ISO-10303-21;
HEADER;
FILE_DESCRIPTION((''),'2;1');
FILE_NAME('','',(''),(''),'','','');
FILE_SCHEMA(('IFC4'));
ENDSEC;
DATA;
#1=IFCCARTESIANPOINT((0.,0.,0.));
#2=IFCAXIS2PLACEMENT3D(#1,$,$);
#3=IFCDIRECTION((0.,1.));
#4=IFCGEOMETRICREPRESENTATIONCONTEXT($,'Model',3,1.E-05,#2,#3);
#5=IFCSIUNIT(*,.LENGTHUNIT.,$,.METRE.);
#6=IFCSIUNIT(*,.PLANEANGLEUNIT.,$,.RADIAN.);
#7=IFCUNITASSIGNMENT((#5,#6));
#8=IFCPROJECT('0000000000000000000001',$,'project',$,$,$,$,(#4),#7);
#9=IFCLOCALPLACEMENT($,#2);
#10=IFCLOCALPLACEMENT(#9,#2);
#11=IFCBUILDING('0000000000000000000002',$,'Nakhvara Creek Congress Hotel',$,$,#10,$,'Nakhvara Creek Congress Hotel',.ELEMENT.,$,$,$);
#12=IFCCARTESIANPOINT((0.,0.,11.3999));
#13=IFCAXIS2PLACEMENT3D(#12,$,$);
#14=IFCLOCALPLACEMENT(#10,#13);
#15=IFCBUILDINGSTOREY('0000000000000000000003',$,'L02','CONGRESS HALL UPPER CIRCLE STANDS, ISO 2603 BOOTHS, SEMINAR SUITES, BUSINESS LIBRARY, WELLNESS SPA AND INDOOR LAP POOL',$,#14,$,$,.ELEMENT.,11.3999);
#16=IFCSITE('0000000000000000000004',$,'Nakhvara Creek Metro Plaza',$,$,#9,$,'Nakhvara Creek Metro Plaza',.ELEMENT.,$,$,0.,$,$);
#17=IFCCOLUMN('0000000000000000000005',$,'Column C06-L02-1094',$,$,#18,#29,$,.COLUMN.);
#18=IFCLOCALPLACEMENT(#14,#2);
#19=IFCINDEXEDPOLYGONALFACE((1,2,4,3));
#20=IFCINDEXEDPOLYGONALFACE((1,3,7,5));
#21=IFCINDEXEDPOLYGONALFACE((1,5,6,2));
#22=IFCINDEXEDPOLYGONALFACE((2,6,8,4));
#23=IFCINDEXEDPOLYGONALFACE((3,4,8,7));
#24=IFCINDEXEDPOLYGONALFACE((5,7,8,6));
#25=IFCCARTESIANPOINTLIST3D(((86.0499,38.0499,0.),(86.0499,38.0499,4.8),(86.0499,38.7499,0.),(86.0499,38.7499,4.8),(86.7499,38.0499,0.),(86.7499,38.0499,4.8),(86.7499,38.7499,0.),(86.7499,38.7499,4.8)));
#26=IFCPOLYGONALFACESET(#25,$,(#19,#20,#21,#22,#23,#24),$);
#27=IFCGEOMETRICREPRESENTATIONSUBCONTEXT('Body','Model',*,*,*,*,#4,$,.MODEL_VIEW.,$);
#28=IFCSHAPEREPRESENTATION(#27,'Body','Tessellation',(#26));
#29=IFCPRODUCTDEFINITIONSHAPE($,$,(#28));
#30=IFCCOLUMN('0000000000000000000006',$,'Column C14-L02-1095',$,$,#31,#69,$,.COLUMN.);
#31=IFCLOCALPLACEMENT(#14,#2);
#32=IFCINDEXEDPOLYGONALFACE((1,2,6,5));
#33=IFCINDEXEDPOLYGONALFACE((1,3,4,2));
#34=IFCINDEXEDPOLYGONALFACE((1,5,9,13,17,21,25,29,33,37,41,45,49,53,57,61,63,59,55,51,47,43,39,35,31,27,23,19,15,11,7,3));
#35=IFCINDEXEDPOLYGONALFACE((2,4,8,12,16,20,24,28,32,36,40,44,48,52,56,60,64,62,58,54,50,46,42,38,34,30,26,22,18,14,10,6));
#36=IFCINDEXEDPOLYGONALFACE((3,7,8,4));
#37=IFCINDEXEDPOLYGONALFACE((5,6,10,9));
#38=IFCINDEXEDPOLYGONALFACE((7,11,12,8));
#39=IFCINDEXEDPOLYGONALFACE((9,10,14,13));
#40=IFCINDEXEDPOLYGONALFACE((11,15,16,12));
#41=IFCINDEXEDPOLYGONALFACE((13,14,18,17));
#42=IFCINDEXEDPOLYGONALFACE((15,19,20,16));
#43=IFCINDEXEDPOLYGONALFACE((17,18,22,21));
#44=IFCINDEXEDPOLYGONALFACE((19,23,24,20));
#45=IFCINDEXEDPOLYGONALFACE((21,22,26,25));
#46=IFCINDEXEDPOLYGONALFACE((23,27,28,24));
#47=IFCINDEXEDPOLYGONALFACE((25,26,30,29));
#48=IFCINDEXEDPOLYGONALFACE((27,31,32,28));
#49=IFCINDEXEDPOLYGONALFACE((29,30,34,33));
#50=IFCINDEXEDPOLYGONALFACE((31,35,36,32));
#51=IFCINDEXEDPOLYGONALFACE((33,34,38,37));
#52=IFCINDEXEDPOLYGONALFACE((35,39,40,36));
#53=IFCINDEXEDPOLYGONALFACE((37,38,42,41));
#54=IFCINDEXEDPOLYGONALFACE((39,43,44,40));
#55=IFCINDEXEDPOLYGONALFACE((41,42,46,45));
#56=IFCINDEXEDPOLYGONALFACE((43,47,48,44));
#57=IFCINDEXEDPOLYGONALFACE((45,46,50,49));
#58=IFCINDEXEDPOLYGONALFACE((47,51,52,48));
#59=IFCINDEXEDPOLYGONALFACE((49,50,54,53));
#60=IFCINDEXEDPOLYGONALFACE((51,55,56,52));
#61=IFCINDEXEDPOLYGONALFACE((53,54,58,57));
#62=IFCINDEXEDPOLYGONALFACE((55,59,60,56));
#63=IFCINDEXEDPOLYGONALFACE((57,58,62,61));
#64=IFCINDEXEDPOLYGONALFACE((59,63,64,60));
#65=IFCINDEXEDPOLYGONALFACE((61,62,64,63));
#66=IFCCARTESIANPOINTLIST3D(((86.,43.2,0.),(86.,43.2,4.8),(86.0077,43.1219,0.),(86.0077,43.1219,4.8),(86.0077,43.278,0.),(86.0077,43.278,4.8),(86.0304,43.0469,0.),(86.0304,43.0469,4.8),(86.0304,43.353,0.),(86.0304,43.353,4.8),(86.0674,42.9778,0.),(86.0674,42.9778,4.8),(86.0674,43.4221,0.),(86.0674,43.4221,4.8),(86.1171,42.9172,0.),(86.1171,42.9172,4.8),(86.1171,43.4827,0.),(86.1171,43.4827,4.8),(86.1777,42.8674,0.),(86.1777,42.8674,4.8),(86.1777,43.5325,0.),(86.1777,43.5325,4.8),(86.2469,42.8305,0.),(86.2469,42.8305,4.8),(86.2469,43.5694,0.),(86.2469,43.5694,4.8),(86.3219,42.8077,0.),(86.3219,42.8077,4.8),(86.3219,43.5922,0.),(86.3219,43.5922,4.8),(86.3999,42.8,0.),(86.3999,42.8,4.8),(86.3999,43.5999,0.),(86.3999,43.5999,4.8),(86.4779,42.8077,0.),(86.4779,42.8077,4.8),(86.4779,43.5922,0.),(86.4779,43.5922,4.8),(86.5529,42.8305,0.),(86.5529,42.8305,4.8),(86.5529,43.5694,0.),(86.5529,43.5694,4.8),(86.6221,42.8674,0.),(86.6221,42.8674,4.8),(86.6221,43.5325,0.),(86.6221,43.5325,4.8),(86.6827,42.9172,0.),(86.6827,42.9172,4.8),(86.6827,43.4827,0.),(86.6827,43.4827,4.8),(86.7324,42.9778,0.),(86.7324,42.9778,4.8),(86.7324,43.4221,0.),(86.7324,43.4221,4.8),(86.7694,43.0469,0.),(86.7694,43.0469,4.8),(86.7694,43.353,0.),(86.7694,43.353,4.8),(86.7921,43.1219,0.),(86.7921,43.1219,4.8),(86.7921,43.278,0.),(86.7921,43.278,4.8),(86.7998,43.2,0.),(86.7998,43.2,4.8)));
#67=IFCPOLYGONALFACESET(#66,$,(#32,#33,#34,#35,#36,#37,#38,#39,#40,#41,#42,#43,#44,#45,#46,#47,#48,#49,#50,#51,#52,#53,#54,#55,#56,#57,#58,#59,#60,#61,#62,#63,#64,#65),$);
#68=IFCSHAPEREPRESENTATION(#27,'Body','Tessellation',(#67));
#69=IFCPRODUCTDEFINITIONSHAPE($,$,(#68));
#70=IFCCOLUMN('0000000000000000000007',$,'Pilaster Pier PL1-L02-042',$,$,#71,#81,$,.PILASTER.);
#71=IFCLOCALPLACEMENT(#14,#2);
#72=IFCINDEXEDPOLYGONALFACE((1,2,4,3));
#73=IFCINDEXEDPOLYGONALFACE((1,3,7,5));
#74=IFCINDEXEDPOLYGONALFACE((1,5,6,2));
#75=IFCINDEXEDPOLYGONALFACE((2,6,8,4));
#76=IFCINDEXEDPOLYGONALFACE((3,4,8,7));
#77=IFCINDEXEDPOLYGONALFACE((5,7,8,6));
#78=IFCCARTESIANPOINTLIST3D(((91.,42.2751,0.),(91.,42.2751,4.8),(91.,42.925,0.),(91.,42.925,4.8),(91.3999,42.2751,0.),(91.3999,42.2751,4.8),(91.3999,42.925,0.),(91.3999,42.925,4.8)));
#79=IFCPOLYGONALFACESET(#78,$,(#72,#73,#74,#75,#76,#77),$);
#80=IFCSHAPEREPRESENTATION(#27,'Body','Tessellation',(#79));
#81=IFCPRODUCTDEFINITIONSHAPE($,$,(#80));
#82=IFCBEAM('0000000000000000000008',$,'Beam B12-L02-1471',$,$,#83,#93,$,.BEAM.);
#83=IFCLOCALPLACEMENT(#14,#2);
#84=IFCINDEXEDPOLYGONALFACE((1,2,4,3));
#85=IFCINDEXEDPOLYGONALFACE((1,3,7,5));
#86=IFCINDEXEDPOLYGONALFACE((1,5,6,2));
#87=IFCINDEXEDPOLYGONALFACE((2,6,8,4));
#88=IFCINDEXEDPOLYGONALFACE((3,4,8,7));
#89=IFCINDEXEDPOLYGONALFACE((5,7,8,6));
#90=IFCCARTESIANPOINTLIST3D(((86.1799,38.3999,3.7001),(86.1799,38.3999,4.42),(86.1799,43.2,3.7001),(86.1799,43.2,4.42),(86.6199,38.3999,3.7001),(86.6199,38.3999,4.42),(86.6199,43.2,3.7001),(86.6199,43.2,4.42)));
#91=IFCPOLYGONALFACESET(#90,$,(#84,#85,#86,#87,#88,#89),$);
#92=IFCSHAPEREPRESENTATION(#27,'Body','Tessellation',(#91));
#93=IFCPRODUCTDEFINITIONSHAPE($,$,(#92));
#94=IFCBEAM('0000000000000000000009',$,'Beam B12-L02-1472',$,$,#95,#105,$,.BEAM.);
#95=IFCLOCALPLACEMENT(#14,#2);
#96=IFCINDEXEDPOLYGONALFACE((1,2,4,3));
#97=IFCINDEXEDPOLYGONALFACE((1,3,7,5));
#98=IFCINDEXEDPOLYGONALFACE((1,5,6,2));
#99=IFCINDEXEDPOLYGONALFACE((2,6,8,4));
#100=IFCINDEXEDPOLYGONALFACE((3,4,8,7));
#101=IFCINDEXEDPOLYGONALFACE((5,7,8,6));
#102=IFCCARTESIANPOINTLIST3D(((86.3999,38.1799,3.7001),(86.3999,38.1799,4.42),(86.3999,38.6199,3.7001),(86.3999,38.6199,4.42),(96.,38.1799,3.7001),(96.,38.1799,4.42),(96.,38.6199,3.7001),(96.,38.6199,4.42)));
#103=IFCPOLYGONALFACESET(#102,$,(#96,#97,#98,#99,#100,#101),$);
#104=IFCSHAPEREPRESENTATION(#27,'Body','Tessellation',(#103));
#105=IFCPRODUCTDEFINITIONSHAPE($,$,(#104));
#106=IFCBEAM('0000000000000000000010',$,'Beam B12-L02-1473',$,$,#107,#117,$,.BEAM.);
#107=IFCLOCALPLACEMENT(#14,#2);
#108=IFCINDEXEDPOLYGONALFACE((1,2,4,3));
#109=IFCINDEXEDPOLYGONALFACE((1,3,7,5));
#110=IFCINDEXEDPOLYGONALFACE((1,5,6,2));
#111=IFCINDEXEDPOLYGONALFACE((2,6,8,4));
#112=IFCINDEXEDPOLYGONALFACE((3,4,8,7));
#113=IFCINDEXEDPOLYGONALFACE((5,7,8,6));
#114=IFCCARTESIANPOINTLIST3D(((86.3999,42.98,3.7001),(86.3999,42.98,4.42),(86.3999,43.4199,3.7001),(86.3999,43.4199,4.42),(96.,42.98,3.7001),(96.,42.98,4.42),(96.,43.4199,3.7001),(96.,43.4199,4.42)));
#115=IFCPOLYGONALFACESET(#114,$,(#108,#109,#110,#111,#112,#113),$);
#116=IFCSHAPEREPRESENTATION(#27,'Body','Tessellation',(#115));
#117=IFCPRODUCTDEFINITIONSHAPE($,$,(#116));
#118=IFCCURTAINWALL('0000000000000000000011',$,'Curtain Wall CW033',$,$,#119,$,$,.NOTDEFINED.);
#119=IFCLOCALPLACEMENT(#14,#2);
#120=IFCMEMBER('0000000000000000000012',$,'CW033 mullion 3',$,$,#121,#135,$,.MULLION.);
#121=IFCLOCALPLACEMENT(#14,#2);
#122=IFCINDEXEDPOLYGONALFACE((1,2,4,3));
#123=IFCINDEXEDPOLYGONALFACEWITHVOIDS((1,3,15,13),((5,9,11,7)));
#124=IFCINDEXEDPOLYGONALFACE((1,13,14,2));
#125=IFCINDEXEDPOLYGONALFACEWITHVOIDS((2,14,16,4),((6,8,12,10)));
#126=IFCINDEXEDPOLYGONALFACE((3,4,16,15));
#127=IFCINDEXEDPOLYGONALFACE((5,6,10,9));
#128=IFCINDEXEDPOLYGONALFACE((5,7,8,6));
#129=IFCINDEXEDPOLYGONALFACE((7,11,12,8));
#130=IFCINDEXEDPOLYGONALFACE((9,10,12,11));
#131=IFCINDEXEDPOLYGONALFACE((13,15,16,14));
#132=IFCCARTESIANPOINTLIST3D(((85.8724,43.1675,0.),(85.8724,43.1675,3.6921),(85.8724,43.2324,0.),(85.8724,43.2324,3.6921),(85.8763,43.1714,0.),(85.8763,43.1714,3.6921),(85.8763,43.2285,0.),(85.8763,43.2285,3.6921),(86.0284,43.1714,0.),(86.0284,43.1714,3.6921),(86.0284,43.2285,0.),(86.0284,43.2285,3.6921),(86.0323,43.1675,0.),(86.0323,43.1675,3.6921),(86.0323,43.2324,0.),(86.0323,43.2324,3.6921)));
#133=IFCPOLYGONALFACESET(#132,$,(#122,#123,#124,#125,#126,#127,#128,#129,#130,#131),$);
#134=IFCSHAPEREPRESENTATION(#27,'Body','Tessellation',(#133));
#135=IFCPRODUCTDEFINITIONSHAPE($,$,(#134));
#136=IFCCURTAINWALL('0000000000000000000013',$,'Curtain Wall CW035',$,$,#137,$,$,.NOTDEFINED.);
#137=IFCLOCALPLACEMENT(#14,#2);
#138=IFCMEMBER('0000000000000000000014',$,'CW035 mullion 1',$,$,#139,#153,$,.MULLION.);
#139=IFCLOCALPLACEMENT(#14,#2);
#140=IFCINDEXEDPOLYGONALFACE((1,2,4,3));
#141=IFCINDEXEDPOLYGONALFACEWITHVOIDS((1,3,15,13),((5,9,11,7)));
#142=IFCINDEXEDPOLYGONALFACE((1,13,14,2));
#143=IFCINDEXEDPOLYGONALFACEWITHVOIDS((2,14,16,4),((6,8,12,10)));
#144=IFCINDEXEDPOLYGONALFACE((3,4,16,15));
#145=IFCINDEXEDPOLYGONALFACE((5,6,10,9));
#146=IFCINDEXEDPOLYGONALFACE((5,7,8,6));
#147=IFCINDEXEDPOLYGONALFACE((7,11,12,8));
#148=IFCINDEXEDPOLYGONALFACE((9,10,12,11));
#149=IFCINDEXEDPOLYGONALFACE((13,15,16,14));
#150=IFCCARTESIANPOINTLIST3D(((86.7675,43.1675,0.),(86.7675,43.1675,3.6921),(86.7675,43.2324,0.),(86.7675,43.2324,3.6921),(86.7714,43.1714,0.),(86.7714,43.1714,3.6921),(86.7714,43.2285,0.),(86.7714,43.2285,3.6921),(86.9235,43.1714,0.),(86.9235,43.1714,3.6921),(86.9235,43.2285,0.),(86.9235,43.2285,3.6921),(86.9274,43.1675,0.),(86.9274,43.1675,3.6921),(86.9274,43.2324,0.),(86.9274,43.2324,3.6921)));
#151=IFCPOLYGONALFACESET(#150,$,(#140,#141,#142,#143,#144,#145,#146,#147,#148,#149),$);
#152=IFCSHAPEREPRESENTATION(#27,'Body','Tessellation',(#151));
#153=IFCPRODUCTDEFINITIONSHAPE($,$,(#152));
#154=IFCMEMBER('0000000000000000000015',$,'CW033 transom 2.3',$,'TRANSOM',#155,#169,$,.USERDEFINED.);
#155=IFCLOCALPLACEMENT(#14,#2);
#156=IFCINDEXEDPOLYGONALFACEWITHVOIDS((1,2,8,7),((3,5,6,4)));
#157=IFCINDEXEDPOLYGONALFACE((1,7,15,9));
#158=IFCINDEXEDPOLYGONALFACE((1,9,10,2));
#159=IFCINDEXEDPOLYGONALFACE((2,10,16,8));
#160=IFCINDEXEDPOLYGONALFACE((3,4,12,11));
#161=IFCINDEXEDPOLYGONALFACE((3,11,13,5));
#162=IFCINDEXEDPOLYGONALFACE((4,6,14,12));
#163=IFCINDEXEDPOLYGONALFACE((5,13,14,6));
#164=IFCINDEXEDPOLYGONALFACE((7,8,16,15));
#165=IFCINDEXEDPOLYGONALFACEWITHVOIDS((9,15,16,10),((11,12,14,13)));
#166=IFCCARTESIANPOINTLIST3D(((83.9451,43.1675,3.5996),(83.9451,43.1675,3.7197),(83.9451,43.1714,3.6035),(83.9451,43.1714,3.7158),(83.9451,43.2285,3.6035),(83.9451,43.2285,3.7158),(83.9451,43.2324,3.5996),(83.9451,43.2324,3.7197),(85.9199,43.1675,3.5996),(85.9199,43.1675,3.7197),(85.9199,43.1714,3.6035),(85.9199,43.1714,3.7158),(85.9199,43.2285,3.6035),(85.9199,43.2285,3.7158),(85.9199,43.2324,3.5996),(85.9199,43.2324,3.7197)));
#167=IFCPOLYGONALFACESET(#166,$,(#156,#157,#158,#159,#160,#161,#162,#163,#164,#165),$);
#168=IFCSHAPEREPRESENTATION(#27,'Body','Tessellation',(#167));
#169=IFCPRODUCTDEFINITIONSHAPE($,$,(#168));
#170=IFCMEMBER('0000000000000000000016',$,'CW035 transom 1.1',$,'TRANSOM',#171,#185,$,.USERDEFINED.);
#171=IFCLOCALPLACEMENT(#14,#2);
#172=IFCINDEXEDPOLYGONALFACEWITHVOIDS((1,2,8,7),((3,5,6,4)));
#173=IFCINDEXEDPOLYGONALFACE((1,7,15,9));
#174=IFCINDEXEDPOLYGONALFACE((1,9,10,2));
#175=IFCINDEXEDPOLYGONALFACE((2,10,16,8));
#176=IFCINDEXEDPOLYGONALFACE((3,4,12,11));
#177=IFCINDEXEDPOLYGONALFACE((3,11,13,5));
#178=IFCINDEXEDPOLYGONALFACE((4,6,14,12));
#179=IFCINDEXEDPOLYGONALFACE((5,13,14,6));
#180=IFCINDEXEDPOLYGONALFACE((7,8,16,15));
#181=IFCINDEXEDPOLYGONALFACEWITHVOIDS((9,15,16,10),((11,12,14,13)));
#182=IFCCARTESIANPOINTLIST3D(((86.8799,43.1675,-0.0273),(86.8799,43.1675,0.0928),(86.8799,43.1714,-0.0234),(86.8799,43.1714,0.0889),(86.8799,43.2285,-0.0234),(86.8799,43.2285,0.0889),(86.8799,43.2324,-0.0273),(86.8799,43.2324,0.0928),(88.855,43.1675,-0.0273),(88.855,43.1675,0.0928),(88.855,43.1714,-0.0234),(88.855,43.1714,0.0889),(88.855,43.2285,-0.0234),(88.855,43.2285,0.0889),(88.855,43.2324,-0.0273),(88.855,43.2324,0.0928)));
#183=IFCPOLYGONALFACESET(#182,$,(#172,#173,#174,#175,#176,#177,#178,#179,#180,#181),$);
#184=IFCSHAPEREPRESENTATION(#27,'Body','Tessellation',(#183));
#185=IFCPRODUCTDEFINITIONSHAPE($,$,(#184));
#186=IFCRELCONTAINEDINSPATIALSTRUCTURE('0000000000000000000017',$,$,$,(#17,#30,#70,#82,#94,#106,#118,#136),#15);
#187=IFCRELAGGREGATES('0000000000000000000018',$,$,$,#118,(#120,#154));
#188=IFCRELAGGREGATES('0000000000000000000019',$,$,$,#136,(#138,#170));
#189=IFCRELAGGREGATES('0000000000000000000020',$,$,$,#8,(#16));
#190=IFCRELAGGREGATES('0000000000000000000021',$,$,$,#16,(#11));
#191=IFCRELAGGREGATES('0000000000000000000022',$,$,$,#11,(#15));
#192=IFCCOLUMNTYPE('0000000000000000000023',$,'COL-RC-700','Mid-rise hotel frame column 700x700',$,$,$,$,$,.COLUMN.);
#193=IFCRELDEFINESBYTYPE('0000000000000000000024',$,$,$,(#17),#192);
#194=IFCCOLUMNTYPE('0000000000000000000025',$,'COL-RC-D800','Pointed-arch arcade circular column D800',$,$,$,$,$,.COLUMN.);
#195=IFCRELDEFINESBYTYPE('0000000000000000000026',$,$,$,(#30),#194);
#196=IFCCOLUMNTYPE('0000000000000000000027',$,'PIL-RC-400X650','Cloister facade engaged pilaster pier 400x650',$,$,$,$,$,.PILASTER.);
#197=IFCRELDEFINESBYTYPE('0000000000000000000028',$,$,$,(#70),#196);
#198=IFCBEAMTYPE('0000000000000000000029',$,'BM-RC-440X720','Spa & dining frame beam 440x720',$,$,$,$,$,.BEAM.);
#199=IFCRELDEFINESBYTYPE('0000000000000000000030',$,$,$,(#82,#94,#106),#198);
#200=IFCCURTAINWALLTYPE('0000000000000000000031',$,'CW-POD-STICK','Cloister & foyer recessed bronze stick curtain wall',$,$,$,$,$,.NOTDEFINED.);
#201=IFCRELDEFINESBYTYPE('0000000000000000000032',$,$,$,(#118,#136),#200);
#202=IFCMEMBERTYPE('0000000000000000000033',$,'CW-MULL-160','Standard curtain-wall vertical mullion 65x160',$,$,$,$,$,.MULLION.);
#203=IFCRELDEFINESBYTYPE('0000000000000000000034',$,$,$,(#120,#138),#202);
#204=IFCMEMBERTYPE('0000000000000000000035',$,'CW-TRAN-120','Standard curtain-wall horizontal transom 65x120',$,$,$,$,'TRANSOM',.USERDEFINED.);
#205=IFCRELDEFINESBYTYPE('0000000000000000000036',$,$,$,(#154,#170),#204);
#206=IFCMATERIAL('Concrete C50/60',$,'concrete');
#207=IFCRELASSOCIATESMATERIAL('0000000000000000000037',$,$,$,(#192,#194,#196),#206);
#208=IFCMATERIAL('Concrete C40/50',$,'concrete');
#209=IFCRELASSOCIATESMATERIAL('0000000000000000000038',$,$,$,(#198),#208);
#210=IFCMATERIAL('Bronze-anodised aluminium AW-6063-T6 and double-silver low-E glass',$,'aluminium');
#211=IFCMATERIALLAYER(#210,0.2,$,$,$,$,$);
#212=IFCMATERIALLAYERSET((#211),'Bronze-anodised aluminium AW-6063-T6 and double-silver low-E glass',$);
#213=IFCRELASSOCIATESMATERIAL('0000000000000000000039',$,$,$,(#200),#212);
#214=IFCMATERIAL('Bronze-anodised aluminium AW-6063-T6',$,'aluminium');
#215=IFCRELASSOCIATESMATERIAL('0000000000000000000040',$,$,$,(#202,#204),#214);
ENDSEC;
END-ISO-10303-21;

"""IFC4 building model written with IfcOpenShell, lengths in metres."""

from ifc_helpers import new_model, si_unit, direction, frame, origin, origin_2d, place, context, subcontext, project, spatial, rectangle, hollow_rectangle, circle, extrude, material, layer, layer_set, material_profile, profile_set, type_object, element, aggregate, save


model = new_model("IFC4")

# Units and contexts
model_context = context("Model", 3, precision=1e-05, world=origin(), true_north=direction((0.0, 1.0)))
body_context = subcontext(model_context, "Body", "Model", "MODEL_VIEW")
ifc_project = project(units=[si_unit("LENGTHUNIT", "METRE"), si_unit("PLANEANGLEUNIT", "RADIAN")], contexts=[model_context])

# Site, building, storey
site_placement = place(None, origin())
site = spatial("IfcSite", under=ifc_project, at=site_placement, Name="Nakhvara Creek Metro Plaza", LongName="Nakhvara Creek Metro Plaza", CompositionType="ELEMENT", RefElevation=0.0)
building_placement = place(site_placement, origin())
building = spatial("IfcBuilding", under=site, at=building_placement, Name="Nakhvara Creek Congress Hotel", LongName="Nakhvara Creek Congress Hotel", CompositionType="ELEMENT")
storey_placement = place(building_placement, frame((0.0, 0.0, 11.3999)))
storey = spatial("IfcBuildingStorey", under=building, at=storey_placement, Name="L02", Description="CONGRESS HALL UPPER CIRCLE STANDS, ISO 2603 BOOTHS, SEMINAR SUITES, BUSINESS LIBRARY, WELLNESS SPA AND INDOOR LAP POOL", CompositionType="ELEMENT", Elevation=11.3999)

# Columns
ifc_material_1 = material(Name="Concrete C50/60", Category="concrete")
ifc_material_profile_1 = material_profile(ifc_material_1, rectangle(XDim=0.7, YDim=0.7, at=origin_2d()), Name="RC-COL 700x700", Category="LoadBearing")
ifc_profile_set_1 = profile_set([ifc_material_profile_1], Name="Concrete C50/60")
column_type_1 = type_object("IfcColumnType", Name="COL-RC-700", Description="Mid-rise hotel frame column 700x700", PredefinedType="COLUMN", material=ifc_profile_set_1)
column_1_placement = place(storey_placement, frame((86.3999, 38.3999, 0.0), z_axis=(0.0, 0.0, 1.0), x_axis=(1.0, 0.0, 0.0)))
element("IfcColumn", 1, at=column_1_placement, inside=storey, type_object=column_type_1, Name="Column C06-L02-1094", PredefinedType="COLUMN", context=body_context, shape_type="SweptSolid", body=[
    extrude(rectangle(XDim=0.7, YDim=0.7, at=origin_2d()), origin(), (0.0, 0.0, 1.0), 4.8),
])
ifc_material_profile_2 = material_profile(ifc_material_1, circle(Radius=0.3999, at=origin_2d()), Name="RC-COL D800", Category="LoadBearing")
ifc_profile_set_2 = profile_set([ifc_material_profile_2], Name="Concrete C50/60")
column_type_2 = type_object("IfcColumnType", Name="COL-RC-D800", Description="Pointed-arch arcade circular column D800", PredefinedType="COLUMN", material=ifc_profile_set_2)
column_2_placement = place(storey_placement, frame((86.3999, 43.2, 0.0), z_axis=(0.0, 0.0, 1.0), x_axis=(1.0, 0.0, 0.0)))
element("IfcColumn", 2, at=column_2_placement, inside=storey, type_object=column_type_2, Name="Column C14-L02-1095", PredefinedType="COLUMN", context=body_context, shape_type="SweptSolid", body=[
    extrude(circle(Radius=0.3999, at=origin_2d()), origin(), (0.0, 0.0, 1.0), 4.8),
])
ifc_material_profile_3 = material_profile(ifc_material_1, rectangle(XDim=0.3999, YDim=0.6499, at=origin_2d()), Name="RC-PIL 400x650", Category="LoadBearing")
ifc_profile_set_3 = profile_set([ifc_material_profile_3], Name="Concrete C50/60")
column_type_3 = type_object("IfcColumnType", Name="PIL-RC-400X650", Description="Cloister facade engaged pilaster pier 400x650", PredefinedType="PILASTER", material=ifc_profile_set_3)
column_3_placement = place(storey_placement, frame((91.2, 42.6001, 0.0), z_axis=(0.0, 0.0, 1.0), x_axis=(1.0, 0.0, 0.0)))
element("IfcColumn", 3, at=column_3_placement, inside=storey, type_object=column_type_3, Name="Pilaster Pier PL1-L02-042", PredefinedType="PILASTER", context=body_context, shape_type="SweptSolid", body=[
    extrude(rectangle(XDim=0.3999, YDim=0.6499, at=origin_2d()), origin(), (0.0, 0.0, 1.0), 4.8),
])

# Beams
ifc_material_2 = material(Name="Concrete C40/50", Category="concrete")
ifc_material_profile_4 = material_profile(ifc_material_2, rectangle(XDim=0.4399, YDim=0.72, at=origin_2d()), Name="RC-BM 440x720", Category="LoadBearing")
ifc_profile_set_4 = profile_set([ifc_material_profile_4], Name="Concrete C40/50")
beam_type = type_object("IfcBeamType", Name="BM-RC-440X720", Description="Spa & dining frame beam 440x720", PredefinedType="BEAM", material=ifc_profile_set_4)
beam_placement = place(storey_placement, frame((86.3999, 38.3999, 4.0601), z_axis=(0.0, 1.0, 0.0), x_axis=(-1.0, 0.0, 0.0)))
element("IfcBeam", 4, at=beam_placement, inside=storey, type_object=beam_type, Name="Beam B12-L02-1471", PredefinedType="BEAM", context=body_context, shape_type="SweptSolid", body=[
    extrude(rectangle(XDim=0.4399, YDim=0.72, at=origin_2d()), origin(), (0.0, 0.0, 1.0), 4.8),
])
for number, where, z_axis, x_axis, name in (
    (5, (86.3999, 38.3999, 4.0601), (1.0, 0.0, 0.0), (0.0, 1.0, 0.0), "Beam B12-L02-1472"),
    (6, (86.3999, 43.2, 4.0601), (1.0, 0.0, 0.0), (0.0, 1.0, 0.0), "Beam B12-L02-1473"),
):
    element("IfcBeam", number, at=place(storey_placement, frame(where, z_axis=z_axis, x_axis=x_axis)), inside=storey, type_object=beam_type, Name=name, PredefinedType="BEAM", context=body_context, shape_type="SweptSolid", body=[
        extrude(rectangle(XDim=0.4399, YDim=0.72, at=origin_2d()), origin(), (0.0, 0.0, 1.0), 9.6001),
    ])

# Curtain walls, members
ifc_material_3 = material(Name="Bronze-anodised aluminium AW-6063-T6 and double-silver low-E glass", Category="aluminium")
ifc_layer = layer(ifc_material_3, 0.2)
ifc_layer_set = layer_set([ifc_layer], Name="Bronze-anodised aluminium AW-6063-T6 and double-silver low-E glass")
curtain_wall_type = type_object("IfcCurtainWallType", Name="CW-POD-STICK", Description="Cloister & foyer recessed bronze stick curtain wall", PredefinedType="NOTDEFINED", material=ifc_layer_set)
curtain_wall_1_placement = place(storey_placement, origin())
curtain_wall_1 = element("IfcCurtainWall", 7, at=curtain_wall_1_placement, inside=storey, type_object=curtain_wall_type, Name="Curtain Wall CW033", PredefinedType="NOTDEFINED")
ifc_material_4 = material(Name="Bronze-anodised aluminium AW-6063-T6", Category="aluminium")
ifc_material_profile_5 = material_profile(ifc_material_4, hollow_rectangle(XDim=0.0649, YDim=0.1599, WallThickness=0.0039, at=origin_2d()), Name="ALU-MULL 65x160x4", Category="LoadBearing")
ifc_profile_set_5 = profile_set([ifc_material_profile_5], Name="Bronze-anodised aluminium AW-6063-T6")
member_type_1 = type_object("IfcMemberType", Name="CW-MULL-160", Description="Standard curtain-wall vertical mullion 65x160", PredefinedType="MULLION", material=ifc_profile_set_5)
member_1_placement = place(storey_placement, frame((85.9524, 43.2, 0.0), z_axis=(0.0, 0.0, 1.0), x_axis=(0.0, 1.0, 0.0)))
member_1 = element("IfcMember", 8, at=member_1_placement, type_object=member_type_1, Name="CW033 mullion 3", PredefinedType="MULLION", context=body_context, shape_type="SweptSolid", body=[
    extrude(hollow_rectangle(XDim=0.0649, YDim=0.1599, WallThickness=0.0039, at=origin_2d()), origin(), (0.0, 0.0, 1.0), 3.6921),
])
curtain_wall_2_placement = place(storey_placement, origin())
curtain_wall_2 = element("IfcCurtainWall", 9, at=curtain_wall_2_placement, inside=storey, type_object=curtain_wall_type, Name="Curtain Wall CW035", PredefinedType="NOTDEFINED")
member_2_placement = place(storey_placement, frame((86.8474, 43.2, 0.0), z_axis=(0.0, 0.0, 1.0), x_axis=(0.0, 1.0, 0.0)))
member_2 = element("IfcMember", 10, at=member_2_placement, type_object=member_type_1, Name="CW035 mullion 1", PredefinedType="MULLION", context=body_context, shape_type="SweptSolid", body=[
    extrude(hollow_rectangle(XDim=0.0649, YDim=0.1599, WallThickness=0.0039, at=origin_2d()), origin(), (0.0, 0.0, 1.0), 3.6921),
])

# Members
ifc_material_profile_6 = material_profile(ifc_material_4, hollow_rectangle(XDim=0.0649, YDim=0.1201, WallThickness=0.0039, at=origin_2d()), Name="ALU-TRAN 65x120x4", Category="LoadBearing")
ifc_profile_set_6 = profile_set([ifc_material_profile_6], Name="Bronze-anodised aluminium AW-6063-T6")
member_type_2 = type_object("IfcMemberType", Name="CW-TRAN-120", Description="Standard curtain-wall horizontal transom 65x120", ElementType="TRANSOM", PredefinedType="USERDEFINED", material=ifc_profile_set_6)
member_3_placement = place(storey_placement, frame((83.9451, 43.2, 3.6597), z_axis=(1.0, 0.0, 0.0), x_axis=(0.0, 1.0, 0.0)))
member_3 = element("IfcMember", 11, at=member_3_placement, type_object=member_type_2, Name="CW033 transom 2.3", ObjectType="TRANSOM", PredefinedType="USERDEFINED", context=body_context, shape_type="SweptSolid", body=[
    extrude(hollow_rectangle(XDim=0.0649, YDim=0.1201, WallThickness=0.0039, at=origin_2d()), origin(), (0.0, 0.0, 1.0), 1.9749),
])
member_4_placement = place(storey_placement, frame((86.8799, 43.2, 0.0327), z_axis=(1.0, 0.0, 0.0), x_axis=(0.0, 1.0, 0.0)))
member_4 = element("IfcMember", 12, at=member_4_placement, type_object=member_type_2, Name="CW035 transom 1.1", ObjectType="TRANSOM", PredefinedType="USERDEFINED", context=body_context, shape_type="SweptSolid", body=[
    extrude(hollow_rectangle(XDim=0.0649, YDim=0.1201, WallThickness=0.0039, at=origin_2d()), origin(), (0.0, 0.0, 1.0), 1.9751),
])

aggregate(curtain_wall_1, [member_1, member_3])
aggregate(curtain_wall_2, [member_2, member_4])

save(model, "model.ifc")
